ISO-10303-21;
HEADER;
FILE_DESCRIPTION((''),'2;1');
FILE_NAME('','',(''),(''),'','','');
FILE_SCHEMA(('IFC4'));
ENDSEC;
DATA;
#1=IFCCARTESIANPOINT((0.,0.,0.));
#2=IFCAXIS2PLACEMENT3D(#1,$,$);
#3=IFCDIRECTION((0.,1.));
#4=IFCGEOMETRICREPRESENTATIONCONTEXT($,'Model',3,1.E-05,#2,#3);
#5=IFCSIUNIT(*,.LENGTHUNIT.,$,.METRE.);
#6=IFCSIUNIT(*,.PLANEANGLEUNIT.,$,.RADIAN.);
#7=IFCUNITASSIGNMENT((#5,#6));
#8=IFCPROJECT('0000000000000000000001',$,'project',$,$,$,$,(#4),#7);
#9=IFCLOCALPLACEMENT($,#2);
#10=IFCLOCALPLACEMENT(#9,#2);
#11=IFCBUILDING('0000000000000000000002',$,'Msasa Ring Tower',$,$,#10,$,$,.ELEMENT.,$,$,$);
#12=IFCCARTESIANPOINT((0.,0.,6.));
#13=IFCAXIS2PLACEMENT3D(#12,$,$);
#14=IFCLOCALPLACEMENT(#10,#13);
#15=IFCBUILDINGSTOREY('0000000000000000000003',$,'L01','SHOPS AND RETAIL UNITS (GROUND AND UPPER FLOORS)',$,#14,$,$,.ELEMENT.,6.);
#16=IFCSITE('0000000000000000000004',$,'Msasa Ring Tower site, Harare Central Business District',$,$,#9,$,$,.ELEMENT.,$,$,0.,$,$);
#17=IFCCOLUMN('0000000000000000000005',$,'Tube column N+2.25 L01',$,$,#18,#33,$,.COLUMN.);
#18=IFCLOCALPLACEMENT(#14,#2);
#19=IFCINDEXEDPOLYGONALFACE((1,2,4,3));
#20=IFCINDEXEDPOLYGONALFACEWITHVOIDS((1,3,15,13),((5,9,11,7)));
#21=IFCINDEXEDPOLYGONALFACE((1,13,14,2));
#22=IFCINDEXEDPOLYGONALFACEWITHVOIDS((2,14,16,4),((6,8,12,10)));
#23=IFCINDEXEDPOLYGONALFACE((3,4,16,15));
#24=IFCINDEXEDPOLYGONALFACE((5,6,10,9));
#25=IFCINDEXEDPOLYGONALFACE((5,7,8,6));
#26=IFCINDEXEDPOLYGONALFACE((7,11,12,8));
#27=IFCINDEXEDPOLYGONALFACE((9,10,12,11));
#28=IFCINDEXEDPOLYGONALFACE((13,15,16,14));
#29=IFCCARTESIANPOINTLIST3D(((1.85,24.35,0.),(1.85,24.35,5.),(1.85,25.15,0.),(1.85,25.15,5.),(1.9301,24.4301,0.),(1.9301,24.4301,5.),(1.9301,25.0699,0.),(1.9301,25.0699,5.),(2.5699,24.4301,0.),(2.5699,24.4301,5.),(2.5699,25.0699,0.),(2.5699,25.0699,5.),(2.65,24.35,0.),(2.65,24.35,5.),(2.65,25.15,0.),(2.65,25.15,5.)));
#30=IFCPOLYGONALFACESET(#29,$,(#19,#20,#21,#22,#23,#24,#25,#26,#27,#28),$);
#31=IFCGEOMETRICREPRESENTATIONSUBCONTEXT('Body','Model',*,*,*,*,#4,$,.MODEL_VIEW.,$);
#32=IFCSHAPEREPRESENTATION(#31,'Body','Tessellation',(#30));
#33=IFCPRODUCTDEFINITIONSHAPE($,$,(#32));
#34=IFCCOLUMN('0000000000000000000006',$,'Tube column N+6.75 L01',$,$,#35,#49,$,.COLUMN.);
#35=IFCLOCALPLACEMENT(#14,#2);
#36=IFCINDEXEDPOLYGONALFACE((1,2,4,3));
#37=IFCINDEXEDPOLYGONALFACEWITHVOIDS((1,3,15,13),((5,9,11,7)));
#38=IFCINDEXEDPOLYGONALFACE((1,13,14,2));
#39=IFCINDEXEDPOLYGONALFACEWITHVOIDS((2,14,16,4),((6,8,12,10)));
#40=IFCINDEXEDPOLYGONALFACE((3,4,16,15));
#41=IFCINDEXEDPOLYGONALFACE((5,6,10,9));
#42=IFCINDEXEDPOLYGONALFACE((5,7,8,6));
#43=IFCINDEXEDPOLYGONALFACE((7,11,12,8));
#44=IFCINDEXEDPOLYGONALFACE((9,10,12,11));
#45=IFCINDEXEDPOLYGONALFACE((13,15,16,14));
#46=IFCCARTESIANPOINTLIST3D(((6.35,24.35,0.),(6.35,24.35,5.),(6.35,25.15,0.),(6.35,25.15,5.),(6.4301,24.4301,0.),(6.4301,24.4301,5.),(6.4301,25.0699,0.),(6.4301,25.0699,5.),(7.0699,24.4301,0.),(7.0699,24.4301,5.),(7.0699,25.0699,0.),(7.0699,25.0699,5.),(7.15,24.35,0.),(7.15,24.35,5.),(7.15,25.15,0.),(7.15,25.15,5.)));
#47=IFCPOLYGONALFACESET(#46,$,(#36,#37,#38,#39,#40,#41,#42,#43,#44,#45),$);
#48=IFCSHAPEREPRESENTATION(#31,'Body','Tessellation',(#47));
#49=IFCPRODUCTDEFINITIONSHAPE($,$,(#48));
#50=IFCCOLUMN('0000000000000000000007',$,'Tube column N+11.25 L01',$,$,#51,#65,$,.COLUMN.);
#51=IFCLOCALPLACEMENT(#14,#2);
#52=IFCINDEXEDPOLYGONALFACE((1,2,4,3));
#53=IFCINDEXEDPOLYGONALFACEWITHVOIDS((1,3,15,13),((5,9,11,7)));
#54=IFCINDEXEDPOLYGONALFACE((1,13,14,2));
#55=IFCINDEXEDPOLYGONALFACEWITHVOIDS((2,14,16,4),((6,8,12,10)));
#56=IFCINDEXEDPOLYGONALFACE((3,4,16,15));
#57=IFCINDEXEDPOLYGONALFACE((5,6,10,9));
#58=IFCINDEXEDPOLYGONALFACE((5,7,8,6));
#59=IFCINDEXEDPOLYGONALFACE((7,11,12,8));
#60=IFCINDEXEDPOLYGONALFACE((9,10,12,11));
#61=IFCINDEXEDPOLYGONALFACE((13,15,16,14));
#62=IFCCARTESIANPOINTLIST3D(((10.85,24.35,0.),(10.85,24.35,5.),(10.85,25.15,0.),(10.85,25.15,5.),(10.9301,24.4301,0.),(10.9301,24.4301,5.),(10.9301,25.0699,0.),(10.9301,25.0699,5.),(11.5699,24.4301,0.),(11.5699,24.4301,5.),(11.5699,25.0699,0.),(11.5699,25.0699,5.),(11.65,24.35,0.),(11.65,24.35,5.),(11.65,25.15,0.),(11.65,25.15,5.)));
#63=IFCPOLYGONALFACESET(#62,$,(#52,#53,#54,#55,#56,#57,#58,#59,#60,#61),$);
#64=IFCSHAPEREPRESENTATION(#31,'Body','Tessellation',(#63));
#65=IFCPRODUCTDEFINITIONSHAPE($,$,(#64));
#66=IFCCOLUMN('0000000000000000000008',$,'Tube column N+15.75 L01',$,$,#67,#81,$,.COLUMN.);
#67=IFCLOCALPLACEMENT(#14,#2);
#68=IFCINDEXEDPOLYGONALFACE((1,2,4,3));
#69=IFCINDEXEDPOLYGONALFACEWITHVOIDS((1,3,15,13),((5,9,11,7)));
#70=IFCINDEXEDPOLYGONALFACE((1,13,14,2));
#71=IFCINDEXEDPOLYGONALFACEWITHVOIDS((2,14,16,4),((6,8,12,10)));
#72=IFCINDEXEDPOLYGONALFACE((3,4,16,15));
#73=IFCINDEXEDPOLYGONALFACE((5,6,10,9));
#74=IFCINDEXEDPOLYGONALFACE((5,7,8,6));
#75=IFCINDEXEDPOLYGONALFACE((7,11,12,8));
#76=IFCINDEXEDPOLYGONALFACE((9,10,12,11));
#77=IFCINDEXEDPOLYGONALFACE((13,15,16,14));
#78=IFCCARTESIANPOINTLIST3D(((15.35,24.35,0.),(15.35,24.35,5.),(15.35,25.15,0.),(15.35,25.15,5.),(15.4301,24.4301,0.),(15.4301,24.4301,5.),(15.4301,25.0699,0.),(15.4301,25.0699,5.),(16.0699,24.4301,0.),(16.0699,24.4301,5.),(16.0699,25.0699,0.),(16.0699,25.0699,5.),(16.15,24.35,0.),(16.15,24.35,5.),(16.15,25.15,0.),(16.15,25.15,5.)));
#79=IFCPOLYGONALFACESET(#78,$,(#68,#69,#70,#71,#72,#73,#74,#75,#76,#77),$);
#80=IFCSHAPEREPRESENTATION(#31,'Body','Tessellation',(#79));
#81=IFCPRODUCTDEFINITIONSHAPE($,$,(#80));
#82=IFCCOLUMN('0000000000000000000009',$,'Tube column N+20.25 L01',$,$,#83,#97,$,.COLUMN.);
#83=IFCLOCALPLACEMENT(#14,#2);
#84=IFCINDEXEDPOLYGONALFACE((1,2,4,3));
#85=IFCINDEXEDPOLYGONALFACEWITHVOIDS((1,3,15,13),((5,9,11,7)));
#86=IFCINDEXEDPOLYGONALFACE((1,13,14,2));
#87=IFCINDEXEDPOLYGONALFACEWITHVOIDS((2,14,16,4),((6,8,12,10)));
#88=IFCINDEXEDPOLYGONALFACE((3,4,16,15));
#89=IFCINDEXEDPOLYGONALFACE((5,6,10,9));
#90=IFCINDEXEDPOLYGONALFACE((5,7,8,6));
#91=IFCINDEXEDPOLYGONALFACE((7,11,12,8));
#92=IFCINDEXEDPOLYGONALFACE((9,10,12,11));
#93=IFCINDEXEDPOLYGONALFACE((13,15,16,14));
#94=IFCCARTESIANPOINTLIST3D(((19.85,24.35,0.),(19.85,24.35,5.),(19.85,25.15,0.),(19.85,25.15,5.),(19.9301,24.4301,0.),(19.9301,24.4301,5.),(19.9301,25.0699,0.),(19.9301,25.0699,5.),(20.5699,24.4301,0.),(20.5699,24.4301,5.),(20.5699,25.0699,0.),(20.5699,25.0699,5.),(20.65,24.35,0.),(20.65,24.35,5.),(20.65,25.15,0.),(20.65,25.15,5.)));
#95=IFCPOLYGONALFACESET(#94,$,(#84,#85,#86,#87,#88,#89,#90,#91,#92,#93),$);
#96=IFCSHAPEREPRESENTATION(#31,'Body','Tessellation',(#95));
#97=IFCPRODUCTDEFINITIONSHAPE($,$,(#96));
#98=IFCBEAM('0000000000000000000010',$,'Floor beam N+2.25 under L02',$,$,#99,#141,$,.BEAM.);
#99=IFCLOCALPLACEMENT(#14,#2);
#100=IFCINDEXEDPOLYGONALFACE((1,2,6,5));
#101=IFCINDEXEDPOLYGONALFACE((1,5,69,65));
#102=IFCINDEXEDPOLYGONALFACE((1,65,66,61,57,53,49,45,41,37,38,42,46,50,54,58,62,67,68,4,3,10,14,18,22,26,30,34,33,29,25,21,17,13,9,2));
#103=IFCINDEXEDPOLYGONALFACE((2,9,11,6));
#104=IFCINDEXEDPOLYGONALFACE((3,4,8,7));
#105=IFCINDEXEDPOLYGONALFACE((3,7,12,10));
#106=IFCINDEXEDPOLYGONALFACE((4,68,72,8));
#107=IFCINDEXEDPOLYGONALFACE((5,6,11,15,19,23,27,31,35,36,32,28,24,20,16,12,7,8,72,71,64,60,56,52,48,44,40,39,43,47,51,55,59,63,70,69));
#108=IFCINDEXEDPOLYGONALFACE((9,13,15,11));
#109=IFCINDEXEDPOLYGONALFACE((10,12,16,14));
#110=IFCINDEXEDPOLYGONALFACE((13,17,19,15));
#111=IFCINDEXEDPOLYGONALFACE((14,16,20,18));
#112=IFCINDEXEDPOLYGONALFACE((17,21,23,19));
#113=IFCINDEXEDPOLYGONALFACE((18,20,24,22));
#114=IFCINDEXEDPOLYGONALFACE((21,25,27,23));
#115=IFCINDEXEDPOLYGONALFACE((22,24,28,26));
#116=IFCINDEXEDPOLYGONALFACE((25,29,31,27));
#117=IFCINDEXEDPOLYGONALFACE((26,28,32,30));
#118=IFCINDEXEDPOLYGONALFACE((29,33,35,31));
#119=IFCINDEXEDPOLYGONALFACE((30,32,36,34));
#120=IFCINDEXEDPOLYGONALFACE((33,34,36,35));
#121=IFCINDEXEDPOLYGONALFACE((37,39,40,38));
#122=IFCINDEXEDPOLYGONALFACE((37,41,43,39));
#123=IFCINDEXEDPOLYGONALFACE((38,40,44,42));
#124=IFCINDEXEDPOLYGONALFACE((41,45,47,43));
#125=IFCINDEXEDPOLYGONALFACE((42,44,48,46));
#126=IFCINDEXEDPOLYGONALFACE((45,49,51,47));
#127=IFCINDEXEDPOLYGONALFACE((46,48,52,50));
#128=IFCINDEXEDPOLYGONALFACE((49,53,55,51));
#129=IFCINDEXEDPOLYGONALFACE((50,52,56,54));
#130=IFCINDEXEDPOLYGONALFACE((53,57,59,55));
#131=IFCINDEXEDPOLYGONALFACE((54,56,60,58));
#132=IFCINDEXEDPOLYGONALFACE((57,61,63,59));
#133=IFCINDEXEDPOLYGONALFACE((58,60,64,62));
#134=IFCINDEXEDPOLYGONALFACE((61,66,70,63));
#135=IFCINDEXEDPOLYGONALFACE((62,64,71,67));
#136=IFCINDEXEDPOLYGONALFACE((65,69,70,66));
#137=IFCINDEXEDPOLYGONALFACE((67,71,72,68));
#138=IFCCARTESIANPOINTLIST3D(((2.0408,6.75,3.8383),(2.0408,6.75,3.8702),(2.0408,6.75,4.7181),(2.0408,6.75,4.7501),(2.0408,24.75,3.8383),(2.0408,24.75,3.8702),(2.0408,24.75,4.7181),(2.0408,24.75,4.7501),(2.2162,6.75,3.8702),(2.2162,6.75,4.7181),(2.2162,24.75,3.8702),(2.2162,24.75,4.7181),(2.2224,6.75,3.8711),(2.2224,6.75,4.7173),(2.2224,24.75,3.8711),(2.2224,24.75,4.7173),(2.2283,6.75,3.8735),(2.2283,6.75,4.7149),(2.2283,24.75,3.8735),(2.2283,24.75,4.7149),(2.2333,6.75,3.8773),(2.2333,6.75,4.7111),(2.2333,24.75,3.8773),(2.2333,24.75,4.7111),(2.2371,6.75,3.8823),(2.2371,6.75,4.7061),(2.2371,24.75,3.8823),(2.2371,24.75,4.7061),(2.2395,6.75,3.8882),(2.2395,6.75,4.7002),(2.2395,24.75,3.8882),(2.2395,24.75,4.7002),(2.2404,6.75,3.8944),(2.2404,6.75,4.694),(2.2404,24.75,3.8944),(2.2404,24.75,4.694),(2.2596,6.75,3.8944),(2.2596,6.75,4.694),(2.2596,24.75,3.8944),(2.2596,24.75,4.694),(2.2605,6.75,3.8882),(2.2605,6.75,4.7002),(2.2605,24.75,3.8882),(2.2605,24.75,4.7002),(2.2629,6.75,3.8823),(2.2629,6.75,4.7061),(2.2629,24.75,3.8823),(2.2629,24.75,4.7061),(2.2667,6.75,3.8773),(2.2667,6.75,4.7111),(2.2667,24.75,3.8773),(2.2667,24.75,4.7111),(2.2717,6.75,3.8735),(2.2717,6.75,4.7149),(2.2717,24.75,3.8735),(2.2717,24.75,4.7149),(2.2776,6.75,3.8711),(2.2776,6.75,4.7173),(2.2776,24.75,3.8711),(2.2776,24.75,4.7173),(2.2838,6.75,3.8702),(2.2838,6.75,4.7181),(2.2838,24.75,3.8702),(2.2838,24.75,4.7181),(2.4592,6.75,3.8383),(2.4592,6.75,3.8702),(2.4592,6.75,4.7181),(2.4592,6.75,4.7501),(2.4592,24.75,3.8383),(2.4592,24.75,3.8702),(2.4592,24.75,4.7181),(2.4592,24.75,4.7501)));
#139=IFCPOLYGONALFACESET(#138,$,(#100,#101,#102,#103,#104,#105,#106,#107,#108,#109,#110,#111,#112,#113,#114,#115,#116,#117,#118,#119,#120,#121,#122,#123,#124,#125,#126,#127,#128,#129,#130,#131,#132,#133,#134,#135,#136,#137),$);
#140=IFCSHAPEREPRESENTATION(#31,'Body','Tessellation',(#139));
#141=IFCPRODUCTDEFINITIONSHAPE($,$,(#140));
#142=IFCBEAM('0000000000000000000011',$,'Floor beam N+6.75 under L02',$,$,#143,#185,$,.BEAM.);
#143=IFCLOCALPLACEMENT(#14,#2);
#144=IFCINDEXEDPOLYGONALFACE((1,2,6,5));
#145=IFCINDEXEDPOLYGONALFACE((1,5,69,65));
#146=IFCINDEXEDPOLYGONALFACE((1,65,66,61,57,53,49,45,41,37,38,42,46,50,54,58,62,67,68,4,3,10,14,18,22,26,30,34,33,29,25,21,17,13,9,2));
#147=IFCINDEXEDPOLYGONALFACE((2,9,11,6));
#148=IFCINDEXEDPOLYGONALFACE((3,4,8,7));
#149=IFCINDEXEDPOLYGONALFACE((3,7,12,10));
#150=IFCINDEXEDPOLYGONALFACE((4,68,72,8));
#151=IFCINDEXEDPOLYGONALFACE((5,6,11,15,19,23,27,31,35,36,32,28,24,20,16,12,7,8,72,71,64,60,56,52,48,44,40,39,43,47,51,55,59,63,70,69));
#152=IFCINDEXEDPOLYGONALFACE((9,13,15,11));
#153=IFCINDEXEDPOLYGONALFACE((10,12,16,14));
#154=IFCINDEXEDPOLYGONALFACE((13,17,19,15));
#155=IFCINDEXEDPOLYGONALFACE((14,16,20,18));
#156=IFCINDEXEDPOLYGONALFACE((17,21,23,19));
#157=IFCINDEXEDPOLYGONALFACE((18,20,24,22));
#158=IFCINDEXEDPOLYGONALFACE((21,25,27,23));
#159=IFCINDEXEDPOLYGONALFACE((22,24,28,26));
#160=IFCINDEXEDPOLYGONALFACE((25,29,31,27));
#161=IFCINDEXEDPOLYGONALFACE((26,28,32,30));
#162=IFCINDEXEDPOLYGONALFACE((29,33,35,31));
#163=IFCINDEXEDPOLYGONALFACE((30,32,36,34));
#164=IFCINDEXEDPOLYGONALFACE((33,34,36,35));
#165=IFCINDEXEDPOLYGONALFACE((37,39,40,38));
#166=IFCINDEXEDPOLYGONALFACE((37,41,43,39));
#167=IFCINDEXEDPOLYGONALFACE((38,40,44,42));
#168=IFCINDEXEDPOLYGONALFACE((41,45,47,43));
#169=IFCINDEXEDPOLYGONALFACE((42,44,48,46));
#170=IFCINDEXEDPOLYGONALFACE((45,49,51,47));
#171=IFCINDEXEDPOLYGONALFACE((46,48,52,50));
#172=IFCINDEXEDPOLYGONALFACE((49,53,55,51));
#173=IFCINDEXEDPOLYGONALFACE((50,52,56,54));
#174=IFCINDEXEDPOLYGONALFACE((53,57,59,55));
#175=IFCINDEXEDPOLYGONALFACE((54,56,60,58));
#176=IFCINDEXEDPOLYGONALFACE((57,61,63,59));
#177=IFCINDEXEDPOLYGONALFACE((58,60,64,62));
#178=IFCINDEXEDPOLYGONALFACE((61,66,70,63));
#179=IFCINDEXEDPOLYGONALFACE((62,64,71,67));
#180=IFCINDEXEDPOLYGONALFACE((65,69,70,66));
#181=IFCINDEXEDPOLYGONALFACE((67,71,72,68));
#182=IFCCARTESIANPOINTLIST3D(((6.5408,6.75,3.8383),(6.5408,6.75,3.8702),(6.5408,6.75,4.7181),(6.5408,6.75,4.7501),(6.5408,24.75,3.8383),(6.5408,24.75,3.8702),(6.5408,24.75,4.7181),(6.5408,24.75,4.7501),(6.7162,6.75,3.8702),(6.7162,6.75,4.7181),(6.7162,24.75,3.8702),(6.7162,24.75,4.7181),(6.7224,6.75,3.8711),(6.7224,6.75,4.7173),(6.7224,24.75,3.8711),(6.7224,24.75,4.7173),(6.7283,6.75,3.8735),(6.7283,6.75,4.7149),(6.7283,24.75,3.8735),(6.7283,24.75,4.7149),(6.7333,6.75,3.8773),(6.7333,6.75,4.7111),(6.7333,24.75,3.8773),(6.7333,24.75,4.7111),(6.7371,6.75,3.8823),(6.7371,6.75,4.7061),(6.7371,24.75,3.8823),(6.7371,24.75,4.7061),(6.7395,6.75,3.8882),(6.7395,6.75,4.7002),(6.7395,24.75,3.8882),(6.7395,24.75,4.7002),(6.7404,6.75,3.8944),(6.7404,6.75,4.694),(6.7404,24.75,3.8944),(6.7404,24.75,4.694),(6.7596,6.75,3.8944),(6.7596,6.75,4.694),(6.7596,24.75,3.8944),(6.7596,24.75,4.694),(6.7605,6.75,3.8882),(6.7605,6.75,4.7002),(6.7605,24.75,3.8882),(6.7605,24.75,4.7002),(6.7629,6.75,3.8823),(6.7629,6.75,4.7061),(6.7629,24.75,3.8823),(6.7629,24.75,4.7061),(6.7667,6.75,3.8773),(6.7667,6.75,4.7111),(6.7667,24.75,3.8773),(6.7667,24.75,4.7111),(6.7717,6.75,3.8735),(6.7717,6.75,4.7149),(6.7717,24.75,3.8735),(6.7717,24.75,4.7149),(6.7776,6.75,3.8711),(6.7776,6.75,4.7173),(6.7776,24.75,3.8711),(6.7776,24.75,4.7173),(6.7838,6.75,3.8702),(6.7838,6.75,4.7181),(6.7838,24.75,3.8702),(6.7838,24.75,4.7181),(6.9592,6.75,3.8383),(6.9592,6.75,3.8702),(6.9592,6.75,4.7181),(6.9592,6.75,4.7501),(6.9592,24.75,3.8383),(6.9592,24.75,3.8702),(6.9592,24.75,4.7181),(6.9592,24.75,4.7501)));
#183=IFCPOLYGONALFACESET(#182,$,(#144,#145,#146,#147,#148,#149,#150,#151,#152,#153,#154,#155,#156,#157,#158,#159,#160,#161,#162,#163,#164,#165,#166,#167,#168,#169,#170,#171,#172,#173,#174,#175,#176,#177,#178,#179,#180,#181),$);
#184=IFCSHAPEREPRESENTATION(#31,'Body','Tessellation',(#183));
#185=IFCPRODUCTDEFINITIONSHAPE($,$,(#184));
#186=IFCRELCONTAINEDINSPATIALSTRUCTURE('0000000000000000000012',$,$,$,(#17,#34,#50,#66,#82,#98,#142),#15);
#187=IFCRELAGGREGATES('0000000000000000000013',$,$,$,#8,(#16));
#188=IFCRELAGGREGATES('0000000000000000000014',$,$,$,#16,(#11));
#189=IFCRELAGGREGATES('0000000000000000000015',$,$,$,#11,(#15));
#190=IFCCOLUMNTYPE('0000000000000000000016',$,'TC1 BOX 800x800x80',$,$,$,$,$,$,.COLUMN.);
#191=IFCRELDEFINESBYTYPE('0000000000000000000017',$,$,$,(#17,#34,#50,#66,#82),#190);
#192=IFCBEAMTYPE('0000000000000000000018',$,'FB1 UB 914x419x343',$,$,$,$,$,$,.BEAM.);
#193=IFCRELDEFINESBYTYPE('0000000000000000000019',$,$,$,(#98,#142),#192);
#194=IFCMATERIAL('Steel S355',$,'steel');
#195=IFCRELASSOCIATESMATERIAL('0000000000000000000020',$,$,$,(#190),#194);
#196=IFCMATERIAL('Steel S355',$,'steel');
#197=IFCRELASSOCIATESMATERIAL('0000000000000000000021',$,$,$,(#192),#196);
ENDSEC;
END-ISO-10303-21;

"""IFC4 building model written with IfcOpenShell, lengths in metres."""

from ifc_helpers import new_model, si_unit, direction, frame, origin, origin_2d, place, context, subcontext, project, spatial, hollow_rectangle, i_section, extrude, material, material_profile, profile_set, type_object, element, save


model = new_model("IFC4")

# Units and contexts
model_context = context("Model", 3, precision=1e-05, world=origin(), true_north=direction((0.0, 1.0)))
body_context = subcontext(model_context, "Body", "Model", "MODEL_VIEW")
ifc_project = project(units=[si_unit("LENGTHUNIT", "METRE"), si_unit("PLANEANGLEUNIT", "RADIAN")], contexts=[model_context])

# Site, building, storey
site_placement = place(None, origin())
site = spatial("IfcSite", under=ifc_project, at=site_placement, Name="Msasa Ring Tower site, Harare Central Business District", CompositionType="ELEMENT", RefElevation=0.0)
building_placement = place(site_placement, origin())
building = spatial("IfcBuilding", under=site, at=building_placement, Name="Msasa Ring Tower", CompositionType="ELEMENT")
storey_placement = place(building_placement, frame((0.0, 0.0, 6.0)))
storey = spatial("IfcBuildingStorey", under=building, at=storey_placement, Name="L01", Description="SHOPS AND RETAIL UNITS (GROUND AND UPPER FLOORS)", CompositionType="ELEMENT", Elevation=6.0)

# Columns
ifc_material_1 = material(Name="Steel S355", Category="steel")
ifc_material_profile_1 = material_profile(ifc_material_1, hollow_rectangle(XDim=0.8, YDim=0.8, WallThickness=0.0801, at=origin_2d()), Name="BOX 800x800x80")
ifc_profile_set_1 = profile_set([ifc_material_profile_1], Name="Steel S355")
column_type = type_object("IfcColumnType", Name="TC1 BOX 800x800x80", PredefinedType="COLUMN", material=ifc_profile_set_1)
for number, where, z_axis, x_axis, name in (
    (1, (2.25, 24.75, 0.0), (0.0, 0.0, 1.0), (0.0, 1.0, 0.0), "Tube column N+2.25 L01"),
    (2, (6.75, 24.75, 0.0), (0.0, 0.0, 1.0), (0.0, 1.0, 0.0), "Tube column N+6.75 L01"),
    (3, (11.25, 24.75, 0.0), (0.0, 0.0, 1.0), (0.0, 1.0, 0.0), "Tube column N+11.25 L01"),
    (4, (15.75, 24.75, 0.0), (0.0, 0.0, 1.0), (0.0, 1.0, 0.0), "Tube column N+15.75 L01"),
    (5, (20.25, 24.75, 0.0), (0.0, 0.0, 1.0), (0.0, 1.0, 0.0), "Tube column N+20.25 L01"),
):
    element("IfcColumn", number, at=place(storey_placement, frame(where, z_axis=z_axis, x_axis=x_axis)), inside=storey, type_object=column_type, Name=name, PredefinedType="COLUMN", context=body_context, shape_type="SweptSolid", body=[
        extrude(hollow_rectangle(XDim=0.8, YDim=0.8, WallThickness=0.0801, at=origin_2d()), origin(), (0.0, 0.0, 1.0), 5.0),
    ])

# Beams
ifc_material_2 = material(Name="Steel S355", Category="steel")
ifc_material_profile_2 = material_profile(ifc_material_2, i_section(OverallWidth=0.4185, OverallDepth=0.9119, WebThickness=0.0193, FlangeThickness=0.032, FilletRadius=0.0242, at=origin_2d()), Name="UB 914x419x343")
ifc_profile_set_2 = profile_set([ifc_material_profile_2], Name="Steel S355")
beam_type_1 = type_object("IfcBeamType", Name="FB1 UB 914x419x343", PredefinedType="BEAM", material=ifc_profile_set_2)
for number, where, z_axis, x_axis, name in (
    (6, (2.25, 24.75, 4.2942), (0.0, -1.0, 0.0), (1.0, 0.0, 0.0), "Floor beam N+2.25 under L02"),
    (7, (6.75, 24.75, 4.2942), (0.0, -1.0, 0.0), (1.0, 0.0, 0.0), "Floor beam N+6.75 under L02"),
):
    element("IfcBeam", number, at=place(storey_placement, frame(where, z_axis=z_axis, x_axis=x_axis)), inside=storey, type_object=beam_type_1, Name=name, PredefinedType="BEAM", context=body_context, shape_type="SweptSolid", body=[
        extrude(i_section(OverallWidth=0.4185, OverallDepth=0.9119, WebThickness=0.0193, FlangeThickness=0.032, FilletRadius=0.0242, at=origin_2d()), origin(), (0.0, 0.0, 1.0), 18.0),
    ])

save(model, "model.ifc")
